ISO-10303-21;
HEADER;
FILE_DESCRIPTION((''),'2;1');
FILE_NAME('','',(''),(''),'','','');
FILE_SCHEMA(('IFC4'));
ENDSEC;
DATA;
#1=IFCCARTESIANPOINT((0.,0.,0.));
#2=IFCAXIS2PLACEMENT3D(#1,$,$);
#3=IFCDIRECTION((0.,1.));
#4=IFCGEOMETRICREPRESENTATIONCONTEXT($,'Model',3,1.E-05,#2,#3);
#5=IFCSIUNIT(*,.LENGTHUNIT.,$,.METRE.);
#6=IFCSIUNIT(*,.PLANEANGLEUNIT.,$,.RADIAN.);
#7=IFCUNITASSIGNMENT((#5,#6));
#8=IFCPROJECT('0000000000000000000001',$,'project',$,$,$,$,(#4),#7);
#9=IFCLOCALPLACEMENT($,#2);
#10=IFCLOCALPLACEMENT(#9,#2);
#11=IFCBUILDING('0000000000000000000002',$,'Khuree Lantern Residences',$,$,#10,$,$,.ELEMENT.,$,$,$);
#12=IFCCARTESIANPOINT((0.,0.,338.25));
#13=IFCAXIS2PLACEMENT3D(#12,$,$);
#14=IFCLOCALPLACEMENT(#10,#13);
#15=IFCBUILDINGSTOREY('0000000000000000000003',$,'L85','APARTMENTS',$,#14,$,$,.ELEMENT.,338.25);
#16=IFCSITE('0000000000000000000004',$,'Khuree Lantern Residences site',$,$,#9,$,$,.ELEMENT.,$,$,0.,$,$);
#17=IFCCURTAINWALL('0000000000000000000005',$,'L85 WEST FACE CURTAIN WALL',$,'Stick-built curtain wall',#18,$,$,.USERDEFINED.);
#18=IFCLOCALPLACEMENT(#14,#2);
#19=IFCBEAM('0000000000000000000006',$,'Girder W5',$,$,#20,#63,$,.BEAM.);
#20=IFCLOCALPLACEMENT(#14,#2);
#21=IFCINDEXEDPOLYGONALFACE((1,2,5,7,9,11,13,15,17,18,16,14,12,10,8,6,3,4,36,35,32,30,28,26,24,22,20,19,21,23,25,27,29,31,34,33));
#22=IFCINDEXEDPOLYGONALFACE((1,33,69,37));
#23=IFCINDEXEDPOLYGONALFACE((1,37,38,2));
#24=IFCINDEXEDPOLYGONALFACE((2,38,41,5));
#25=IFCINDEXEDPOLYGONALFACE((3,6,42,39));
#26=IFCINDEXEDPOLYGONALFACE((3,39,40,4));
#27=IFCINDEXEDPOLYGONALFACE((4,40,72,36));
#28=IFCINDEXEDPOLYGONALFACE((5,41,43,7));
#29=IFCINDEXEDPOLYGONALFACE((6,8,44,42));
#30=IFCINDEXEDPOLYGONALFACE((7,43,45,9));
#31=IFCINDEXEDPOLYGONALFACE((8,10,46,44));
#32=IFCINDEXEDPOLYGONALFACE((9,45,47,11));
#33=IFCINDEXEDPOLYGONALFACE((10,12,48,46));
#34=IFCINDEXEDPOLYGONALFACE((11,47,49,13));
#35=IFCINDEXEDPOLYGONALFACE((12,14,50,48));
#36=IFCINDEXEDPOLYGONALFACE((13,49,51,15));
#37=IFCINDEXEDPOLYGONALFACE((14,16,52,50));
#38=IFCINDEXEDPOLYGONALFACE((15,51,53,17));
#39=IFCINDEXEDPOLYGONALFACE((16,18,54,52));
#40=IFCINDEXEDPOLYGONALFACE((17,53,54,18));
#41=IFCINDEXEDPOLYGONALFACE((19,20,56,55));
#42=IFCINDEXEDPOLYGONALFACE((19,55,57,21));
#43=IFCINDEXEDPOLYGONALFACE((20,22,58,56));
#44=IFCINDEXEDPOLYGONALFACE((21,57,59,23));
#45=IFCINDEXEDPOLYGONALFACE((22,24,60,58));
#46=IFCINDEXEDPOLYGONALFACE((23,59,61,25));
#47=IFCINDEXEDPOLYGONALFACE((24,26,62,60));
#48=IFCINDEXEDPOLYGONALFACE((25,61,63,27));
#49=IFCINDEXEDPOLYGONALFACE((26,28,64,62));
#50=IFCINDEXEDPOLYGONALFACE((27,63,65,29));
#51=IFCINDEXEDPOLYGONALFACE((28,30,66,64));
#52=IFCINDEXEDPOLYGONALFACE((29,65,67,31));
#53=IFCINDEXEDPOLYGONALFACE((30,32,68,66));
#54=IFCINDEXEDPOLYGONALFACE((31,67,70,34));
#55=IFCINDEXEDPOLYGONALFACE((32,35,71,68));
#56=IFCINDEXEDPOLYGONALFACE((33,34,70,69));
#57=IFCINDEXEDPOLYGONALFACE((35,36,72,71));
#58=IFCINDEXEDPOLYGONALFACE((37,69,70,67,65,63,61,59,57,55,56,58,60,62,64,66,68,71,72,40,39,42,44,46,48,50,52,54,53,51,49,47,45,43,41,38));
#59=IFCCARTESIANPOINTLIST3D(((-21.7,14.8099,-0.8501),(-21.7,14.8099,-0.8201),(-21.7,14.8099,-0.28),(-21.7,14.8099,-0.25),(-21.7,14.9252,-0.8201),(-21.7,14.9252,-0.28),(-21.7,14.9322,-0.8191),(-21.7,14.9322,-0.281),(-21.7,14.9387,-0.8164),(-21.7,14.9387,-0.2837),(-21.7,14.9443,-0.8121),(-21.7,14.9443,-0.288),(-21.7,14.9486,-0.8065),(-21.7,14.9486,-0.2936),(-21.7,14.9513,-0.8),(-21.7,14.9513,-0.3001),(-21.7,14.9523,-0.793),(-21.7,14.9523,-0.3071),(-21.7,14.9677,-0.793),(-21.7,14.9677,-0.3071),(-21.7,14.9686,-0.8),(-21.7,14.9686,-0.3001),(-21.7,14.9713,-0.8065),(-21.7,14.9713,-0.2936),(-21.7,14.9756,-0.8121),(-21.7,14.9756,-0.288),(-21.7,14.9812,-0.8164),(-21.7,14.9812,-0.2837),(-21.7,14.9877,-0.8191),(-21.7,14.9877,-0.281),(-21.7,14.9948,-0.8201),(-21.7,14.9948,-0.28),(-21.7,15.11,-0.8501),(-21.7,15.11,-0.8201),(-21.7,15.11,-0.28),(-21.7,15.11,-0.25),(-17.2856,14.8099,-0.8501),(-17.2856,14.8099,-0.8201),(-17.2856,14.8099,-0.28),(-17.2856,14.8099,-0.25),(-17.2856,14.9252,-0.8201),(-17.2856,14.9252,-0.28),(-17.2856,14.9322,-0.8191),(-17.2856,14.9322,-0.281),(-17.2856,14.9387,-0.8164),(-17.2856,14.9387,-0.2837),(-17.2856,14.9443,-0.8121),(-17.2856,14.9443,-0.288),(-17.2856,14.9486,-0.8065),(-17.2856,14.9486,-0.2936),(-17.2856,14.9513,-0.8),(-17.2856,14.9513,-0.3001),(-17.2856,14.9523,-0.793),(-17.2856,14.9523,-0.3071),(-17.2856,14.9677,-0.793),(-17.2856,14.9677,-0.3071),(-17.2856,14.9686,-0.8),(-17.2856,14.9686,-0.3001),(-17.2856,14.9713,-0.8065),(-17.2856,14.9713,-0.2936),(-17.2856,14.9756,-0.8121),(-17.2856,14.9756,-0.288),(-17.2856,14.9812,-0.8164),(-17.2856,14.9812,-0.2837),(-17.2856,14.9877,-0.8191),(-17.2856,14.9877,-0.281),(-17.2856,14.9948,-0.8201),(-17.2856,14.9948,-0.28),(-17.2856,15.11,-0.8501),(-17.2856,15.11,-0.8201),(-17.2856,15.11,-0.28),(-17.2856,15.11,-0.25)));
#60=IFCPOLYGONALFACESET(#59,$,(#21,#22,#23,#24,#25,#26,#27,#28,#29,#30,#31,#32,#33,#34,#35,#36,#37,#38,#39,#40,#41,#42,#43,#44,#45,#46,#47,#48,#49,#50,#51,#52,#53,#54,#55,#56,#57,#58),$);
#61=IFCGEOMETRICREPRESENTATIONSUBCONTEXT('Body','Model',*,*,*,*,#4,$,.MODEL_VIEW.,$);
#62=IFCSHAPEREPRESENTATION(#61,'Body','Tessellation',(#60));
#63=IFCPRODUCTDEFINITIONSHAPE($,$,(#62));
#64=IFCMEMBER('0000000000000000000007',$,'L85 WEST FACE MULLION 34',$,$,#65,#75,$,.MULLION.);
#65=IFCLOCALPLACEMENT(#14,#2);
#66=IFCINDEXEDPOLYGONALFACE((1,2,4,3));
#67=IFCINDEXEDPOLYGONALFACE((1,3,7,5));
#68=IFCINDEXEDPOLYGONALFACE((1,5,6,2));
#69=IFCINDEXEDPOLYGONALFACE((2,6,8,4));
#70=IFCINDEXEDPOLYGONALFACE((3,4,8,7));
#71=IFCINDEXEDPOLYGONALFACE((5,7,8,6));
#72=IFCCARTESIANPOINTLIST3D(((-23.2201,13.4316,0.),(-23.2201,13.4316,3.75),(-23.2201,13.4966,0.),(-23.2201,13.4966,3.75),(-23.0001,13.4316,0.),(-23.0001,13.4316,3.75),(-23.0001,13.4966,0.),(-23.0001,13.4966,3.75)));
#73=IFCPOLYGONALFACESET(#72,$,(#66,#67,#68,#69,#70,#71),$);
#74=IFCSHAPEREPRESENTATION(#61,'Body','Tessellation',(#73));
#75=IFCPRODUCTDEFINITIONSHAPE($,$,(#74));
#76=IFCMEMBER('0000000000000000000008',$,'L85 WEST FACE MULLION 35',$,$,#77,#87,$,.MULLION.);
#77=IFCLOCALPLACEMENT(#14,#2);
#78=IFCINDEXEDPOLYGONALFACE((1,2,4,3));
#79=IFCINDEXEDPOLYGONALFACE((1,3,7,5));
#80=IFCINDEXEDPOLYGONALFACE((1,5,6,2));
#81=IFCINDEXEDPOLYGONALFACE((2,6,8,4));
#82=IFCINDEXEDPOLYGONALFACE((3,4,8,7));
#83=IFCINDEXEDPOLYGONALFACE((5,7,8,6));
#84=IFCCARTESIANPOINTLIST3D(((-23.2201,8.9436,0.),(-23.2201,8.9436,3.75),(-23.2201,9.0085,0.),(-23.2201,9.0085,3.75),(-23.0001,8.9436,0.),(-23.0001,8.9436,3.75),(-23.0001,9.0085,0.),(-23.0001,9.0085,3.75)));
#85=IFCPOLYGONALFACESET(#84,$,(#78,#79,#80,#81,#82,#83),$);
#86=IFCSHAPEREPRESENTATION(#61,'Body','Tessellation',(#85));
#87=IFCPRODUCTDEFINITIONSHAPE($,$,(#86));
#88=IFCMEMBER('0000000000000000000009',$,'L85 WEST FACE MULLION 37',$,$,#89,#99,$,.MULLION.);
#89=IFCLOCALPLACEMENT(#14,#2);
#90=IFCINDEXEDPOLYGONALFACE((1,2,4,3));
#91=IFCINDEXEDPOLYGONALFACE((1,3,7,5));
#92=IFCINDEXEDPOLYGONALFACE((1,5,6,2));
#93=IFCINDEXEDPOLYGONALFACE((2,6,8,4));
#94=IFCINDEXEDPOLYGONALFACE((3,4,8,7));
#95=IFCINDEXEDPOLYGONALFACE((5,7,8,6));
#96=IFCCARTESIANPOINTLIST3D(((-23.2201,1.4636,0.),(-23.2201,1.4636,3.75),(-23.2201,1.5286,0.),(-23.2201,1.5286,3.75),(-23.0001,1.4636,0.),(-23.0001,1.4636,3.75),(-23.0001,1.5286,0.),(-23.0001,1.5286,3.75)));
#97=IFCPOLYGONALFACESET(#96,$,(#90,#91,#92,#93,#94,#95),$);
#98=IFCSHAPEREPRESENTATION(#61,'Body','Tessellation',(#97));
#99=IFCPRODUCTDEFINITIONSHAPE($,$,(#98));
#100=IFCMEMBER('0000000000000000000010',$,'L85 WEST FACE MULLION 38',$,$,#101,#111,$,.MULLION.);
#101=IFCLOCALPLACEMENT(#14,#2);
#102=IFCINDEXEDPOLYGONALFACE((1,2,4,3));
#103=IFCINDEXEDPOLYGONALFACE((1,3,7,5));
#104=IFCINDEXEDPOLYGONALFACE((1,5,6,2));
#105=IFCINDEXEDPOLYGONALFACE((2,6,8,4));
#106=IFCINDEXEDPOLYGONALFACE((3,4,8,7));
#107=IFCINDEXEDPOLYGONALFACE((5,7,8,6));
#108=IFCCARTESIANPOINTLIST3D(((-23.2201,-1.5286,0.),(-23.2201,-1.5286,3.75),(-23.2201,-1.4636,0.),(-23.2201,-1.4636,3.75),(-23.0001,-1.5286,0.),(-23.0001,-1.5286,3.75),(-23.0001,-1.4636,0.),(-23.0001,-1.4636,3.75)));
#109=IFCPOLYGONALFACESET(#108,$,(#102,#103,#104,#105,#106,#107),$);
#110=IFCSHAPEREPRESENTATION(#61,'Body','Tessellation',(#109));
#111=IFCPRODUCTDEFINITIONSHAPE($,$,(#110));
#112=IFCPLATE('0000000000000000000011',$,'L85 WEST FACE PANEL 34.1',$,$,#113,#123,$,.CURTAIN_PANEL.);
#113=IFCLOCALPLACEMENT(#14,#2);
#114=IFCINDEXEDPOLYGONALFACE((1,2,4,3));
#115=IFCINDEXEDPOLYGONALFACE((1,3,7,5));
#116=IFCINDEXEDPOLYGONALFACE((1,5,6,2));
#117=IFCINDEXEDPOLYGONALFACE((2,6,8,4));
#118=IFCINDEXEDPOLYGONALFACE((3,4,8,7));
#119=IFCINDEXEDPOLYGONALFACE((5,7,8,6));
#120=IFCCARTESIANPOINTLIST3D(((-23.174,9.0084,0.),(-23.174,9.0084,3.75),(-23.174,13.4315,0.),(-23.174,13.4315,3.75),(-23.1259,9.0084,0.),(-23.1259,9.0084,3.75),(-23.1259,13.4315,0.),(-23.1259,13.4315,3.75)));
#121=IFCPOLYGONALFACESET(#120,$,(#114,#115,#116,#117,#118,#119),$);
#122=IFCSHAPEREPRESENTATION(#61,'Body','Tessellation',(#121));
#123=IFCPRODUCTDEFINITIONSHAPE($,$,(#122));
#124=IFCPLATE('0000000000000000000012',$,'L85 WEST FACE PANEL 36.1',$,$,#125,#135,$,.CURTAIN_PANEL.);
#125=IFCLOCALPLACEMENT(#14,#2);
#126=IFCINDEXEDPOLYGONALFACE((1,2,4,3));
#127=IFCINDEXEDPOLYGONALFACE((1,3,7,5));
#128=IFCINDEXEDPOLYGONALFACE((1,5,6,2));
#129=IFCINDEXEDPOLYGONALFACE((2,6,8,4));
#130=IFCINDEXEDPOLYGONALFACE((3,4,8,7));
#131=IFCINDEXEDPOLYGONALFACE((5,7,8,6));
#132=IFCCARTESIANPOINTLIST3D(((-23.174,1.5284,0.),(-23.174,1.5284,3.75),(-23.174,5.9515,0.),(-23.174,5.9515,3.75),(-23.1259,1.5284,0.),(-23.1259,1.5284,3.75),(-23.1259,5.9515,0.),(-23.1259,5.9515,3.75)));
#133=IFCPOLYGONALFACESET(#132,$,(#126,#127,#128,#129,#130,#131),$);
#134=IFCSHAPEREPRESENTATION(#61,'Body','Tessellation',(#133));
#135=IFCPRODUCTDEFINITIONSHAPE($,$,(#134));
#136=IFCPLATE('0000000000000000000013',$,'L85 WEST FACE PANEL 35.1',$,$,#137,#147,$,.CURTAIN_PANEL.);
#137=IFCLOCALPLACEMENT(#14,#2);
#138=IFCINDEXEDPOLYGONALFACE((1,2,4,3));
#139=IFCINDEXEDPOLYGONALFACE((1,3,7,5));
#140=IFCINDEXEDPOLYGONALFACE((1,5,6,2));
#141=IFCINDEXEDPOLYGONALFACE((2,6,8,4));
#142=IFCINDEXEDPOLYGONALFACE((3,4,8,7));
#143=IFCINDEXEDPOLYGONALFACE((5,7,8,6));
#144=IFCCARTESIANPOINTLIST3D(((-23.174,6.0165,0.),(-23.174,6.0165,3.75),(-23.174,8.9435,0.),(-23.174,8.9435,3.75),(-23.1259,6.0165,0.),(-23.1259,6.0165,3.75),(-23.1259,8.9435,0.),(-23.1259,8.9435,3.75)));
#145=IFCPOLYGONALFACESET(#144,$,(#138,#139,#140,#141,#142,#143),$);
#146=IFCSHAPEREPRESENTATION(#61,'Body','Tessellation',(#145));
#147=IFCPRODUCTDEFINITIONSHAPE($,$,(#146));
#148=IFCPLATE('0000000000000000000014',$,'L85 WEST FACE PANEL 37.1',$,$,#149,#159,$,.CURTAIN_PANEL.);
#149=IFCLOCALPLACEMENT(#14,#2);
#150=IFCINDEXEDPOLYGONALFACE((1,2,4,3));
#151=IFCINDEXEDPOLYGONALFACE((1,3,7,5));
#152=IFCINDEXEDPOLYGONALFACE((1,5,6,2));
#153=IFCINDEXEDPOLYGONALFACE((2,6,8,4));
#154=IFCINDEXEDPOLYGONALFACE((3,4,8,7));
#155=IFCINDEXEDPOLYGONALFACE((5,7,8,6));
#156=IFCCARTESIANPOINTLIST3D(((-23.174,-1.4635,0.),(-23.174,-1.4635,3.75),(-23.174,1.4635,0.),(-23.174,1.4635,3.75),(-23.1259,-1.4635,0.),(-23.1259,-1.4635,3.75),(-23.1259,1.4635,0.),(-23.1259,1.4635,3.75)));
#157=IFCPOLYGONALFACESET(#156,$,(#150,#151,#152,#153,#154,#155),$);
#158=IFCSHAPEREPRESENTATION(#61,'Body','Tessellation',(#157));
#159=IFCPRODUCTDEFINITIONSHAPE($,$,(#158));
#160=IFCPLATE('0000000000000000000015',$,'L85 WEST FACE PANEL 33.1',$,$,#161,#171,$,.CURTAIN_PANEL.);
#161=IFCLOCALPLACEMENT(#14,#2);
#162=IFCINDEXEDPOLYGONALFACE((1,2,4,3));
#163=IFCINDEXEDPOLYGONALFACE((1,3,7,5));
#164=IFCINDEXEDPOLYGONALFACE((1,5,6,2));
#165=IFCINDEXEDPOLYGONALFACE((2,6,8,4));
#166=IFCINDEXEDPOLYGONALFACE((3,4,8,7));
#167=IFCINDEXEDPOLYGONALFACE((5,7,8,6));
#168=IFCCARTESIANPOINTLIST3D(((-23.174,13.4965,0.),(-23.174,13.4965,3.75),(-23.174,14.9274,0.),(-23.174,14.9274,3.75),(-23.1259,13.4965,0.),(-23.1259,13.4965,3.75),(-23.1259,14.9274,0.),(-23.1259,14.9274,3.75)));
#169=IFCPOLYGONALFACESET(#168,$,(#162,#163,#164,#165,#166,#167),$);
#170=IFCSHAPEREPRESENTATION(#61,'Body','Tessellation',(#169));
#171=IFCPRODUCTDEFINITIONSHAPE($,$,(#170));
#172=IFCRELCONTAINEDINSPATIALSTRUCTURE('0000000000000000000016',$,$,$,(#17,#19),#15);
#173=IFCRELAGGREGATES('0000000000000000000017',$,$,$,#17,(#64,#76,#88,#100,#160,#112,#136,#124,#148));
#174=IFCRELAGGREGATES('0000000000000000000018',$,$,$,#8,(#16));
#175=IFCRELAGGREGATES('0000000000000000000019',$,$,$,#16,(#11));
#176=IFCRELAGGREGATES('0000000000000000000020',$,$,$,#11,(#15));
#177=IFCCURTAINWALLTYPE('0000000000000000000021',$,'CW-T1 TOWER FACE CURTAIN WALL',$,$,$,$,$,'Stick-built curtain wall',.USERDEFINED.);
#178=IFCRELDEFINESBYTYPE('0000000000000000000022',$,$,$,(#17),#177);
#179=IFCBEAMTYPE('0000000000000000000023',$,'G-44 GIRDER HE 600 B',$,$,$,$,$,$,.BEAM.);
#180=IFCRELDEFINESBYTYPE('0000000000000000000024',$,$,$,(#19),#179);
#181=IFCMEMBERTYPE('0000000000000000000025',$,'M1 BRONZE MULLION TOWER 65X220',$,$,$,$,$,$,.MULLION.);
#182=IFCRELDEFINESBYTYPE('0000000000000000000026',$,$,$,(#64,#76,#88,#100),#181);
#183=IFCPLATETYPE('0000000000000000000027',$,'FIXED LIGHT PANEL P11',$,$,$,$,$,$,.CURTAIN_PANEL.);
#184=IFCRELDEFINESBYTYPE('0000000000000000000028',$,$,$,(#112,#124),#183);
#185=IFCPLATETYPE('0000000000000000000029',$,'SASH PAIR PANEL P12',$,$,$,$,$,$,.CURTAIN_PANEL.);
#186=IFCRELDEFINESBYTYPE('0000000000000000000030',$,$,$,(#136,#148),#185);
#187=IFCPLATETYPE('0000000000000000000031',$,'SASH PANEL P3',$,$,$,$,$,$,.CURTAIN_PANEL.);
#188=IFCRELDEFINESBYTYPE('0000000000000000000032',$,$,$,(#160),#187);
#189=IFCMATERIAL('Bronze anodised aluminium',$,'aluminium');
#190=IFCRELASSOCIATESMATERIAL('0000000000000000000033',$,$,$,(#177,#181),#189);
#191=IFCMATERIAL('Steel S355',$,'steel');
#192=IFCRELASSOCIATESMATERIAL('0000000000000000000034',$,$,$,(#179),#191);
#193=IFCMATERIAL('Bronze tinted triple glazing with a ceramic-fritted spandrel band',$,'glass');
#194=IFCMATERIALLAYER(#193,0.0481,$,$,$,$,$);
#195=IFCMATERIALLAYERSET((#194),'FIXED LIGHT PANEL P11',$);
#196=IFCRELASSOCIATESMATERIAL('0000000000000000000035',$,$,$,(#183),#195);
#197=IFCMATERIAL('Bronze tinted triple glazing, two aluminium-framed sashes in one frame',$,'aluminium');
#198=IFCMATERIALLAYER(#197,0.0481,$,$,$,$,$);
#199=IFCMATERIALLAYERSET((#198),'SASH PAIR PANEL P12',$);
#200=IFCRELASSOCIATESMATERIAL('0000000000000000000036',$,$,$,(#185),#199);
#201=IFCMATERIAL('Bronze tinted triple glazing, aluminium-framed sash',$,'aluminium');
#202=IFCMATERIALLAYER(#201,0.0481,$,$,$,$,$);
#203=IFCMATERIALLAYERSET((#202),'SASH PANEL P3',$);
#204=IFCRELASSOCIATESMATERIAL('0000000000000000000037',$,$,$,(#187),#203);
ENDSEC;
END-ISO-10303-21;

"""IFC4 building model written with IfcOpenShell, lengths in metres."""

from ifc_helpers import new_model, si_unit, direction, frame, origin, origin_2d, place, context, subcontext, project, spatial, rectangle, i_section, extrude, material, layer, layer_set, material_profile, profile_set, type_object, element, aggregate, save


model = new_model("IFC4")

# Units and contexts
model_context = context("Model", 3, precision=1e-05, world=origin(), true_north=direction((0.0, 1.0)))
body_context = subcontext(model_context, "Body", "Model", "MODEL_VIEW")
ifc_project = project(units=[si_unit("LENGTHUNIT", "METRE"), si_unit("PLANEANGLEUNIT", "RADIAN")], contexts=[model_context])

# Site, building, storey
site_placement = place(None, origin())
site = spatial("IfcSite", under=ifc_project, at=site_placement, Name="Khuree Lantern Residences site", CompositionType="ELEMENT", RefElevation=0.0)
building_placement = place(site_placement, origin())
building = spatial("IfcBuilding", under=site, at=building_placement, Name="Khuree Lantern Residences", CompositionType="ELEMENT")
storey_placement = place(building_placement, frame((0.0, 0.0, 338.25)))
storey = spatial("IfcBuildingStorey", under=building, at=storey_placement, Name="L85", Description="APARTMENTS", CompositionType="ELEMENT", Elevation=338.25)

# Shared definitions
ifc_material_1 = material(Name="Steel S355", Category="steel")

# Curtain wall
ifc_material_2 = material(Name="Bronze anodised aluminium", Category="aluminium")
curtain_wall_type = type_object("IfcCurtainWallType", Name="CW-T1 TOWER FACE CURTAIN WALL", ElementType="Stick-built curtain wall", PredefinedType="USERDEFINED", material=ifc_material_2)
curtain_wall_placement = place(storey_placement, origin())
curtain_wall = element("IfcCurtainWall", 1, at=curtain_wall_placement, inside=storey, type_object=curtain_wall_type, Name="L85 WEST FACE CURTAIN WALL", ObjectType="Stick-built curtain wall", PredefinedType="USERDEFINED")

# Beam
ifc_material_profile_1 = material_profile(ifc_material_1, i_section(OverallWidth=0.3, OverallDepth=0.6001, WebThickness=0.0154, FlangeThickness=0.03, FilletRadius=0.0271, at=origin_2d()), Name="HE 600 B")
ifc_profile_set_1 = profile_set([ifc_material_profile_1], Name="Steel S355")
beam_type_1 = type_object("IfcBeamType", Name="G-44 GIRDER HE 600 B", PredefinedType="BEAM", material=ifc_profile_set_1)
beam_placement = place(storey_placement, frame((-21.7, 14.96, -0.55), z_axis=(1.0, 0.0, 0.0), x_axis=(0.0, 1.0, 0.0)))
element("IfcBeam", 2, at=beam_placement, inside=storey, type_object=beam_type_1, Name="Girder W5", PredefinedType="BEAM", context=body_context, shape_type="SweptSolid", body=[
    extrude(i_section(OverallWidth=0.3, OverallDepth=0.6001, WebThickness=0.0154, FlangeThickness=0.03, FilletRadius=0.0271, at=origin_2d()), origin(), (0.0, 0.0, 1.0), 4.4143),
])

# Members
ifc_material_profile_2 = material_profile(ifc_material_2, rectangle(XDim=0.0649, YDim=0.22, at=origin_2d()), Name="M1 65X220")
ifc_profile_set_2 = profile_set([ifc_material_profile_2], Name="Bronze anodised aluminium")
member_type_1 = type_object("IfcMemberType", Name="M1 BRONZE MULLION TOWER 65X220", PredefinedType="MULLION", material=ifc_profile_set_2)
member_1_placement = place(storey_placement, frame((-23.1101, 13.4641, 0.0), z_axis=(0.0, 0.0, 1.0), x_axis=(0.0, -1.0, 0.0)))
member_1 = element("IfcMember", 3, at=member_1_placement, type_object=member_type_1, Name="L85 WEST FACE MULLION 34", PredefinedType="MULLION", context=body_context, shape_type="SweptSolid", body=[
    extrude(rectangle(XDim=0.0649, YDim=0.22, at=origin_2d()), origin(), (0.0, 0.0, 1.0), 3.75),
])
member_2_placement = place(storey_placement, frame((-23.1101, 8.9761, 0.0), z_axis=(0.0, 0.0, 1.0), x_axis=(0.0, -1.0, 0.0)))
member_2 = element("IfcMember", 4, at=member_2_placement, type_object=member_type_1, Name="L85 WEST FACE MULLION 35", PredefinedType="MULLION", context=body_context, shape_type="SweptSolid", body=[
    extrude(rectangle(XDim=0.0649, YDim=0.22, at=origin_2d()), origin(), (0.0, 0.0, 1.0), 3.75),
])
member_3_placement = place(storey_placement, frame((-23.1101, 1.4961, 0.0), z_axis=(0.0, 0.0, 1.0), x_axis=(0.0, -1.0, 0.0)))
member_3 = element("IfcMember", 5, at=member_3_placement, type_object=member_type_1, Name="L85 WEST FACE MULLION 37", PredefinedType="MULLION", context=body_context, shape_type="SweptSolid", body=[
    extrude(rectangle(XDim=0.0649, YDim=0.22, at=origin_2d()), origin(), (0.0, 0.0, 1.0), 3.75),
])
member_4_placement = place(storey_placement, frame((-23.1101, -1.4961, 0.0), z_axis=(0.0, 0.0, 1.0), x_axis=(0.0, -1.0, 0.0)))
member_4 = element("IfcMember", 6, at=member_4_placement, type_object=member_type_1, Name="L85 WEST FACE MULLION 38", PredefinedType="MULLION", context=body_context, shape_type="SweptSolid", body=[
    extrude(rectangle(XDim=0.0649, YDim=0.22, at=origin_2d()), origin(), (0.0, 0.0, 1.0), 3.75),
])

# Plates
ifc_material_3 = material(Name="Bronze tinted triple glazing with a ceramic-fritted spandrel band", Category="glass")
ifc_layer_1 = layer(ifc_material_3, 0.0481)
ifc_layer_set_1 = layer_set([ifc_layer_1], Name="FIXED LIGHT PANEL P11")
plate_type_1 = type_object("IfcPlateType", Name="FIXED LIGHT PANEL P11", PredefinedType="CURTAIN_PANEL", material=ifc_layer_set_1)
plate_1_placement = place(storey_placement, frame((-23.1499, 11.22, 0.0), z_axis=(0.0, 0.0, 1.0), x_axis=(0.0, -1.0, 0.0)))
plate_1 = element("IfcPlate", 7, at=plate_1_placement, type_object=plate_type_1, Name="L85 WEST FACE PANEL 34.1", PredefinedType="CURTAIN_PANEL", context=body_context, shape_type="SweptSolid", body=[
    extrude(rectangle(XDim=4.4231, YDim=0.0481, at=origin_2d()), origin(), (0.0, 0.0, 1.0), 3.75),
])
plate_2_placement = place(storey_placement, frame((-23.1499, 3.74, 0.0), z_axis=(0.0, 0.0, 1.0), x_axis=(0.0, -1.0, 0.0)))
plate_2 = element("IfcPlate", 8, at=plate_2_placement, type_object=plate_type_1, Name="L85 WEST FACE PANEL 36.1", PredefinedType="CURTAIN_PANEL", context=body_context, shape_type="SweptSolid", body=[
    extrude(rectangle(XDim=4.4231, YDim=0.0481, at=origin_2d()), origin(), (0.0, 0.0, 1.0), 3.75),
])
ifc_material_4 = material(Name="Bronze tinted triple glazing, two aluminium-framed sashes in one frame", Category="aluminium")
ifc_layer_2 = layer(ifc_material_4, 0.0481)
ifc_layer_set_2 = layer_set([ifc_layer_2], Name="SASH PAIR PANEL P12")
plate_type_2 = type_object("IfcPlateType", Name="SASH PAIR PANEL P12", PredefinedType="CURTAIN_PANEL", material=ifc_layer_set_2)
plate_3_placement = place(storey_placement, frame((-23.1499, 7.48, 0.0), z_axis=(0.0, 0.0, 1.0), x_axis=(0.0, -1.0, 0.0)))
plate_3 = element("IfcPlate", 9, at=plate_3_placement, type_object=plate_type_2, Name="L85 WEST FACE PANEL 35.1", PredefinedType="CURTAIN_PANEL", context=body_context, shape_type="SweptSolid", body=[
    extrude(rectangle(XDim=2.927, YDim=0.0481, at=origin_2d()), origin(), (0.0, 0.0, 1.0), 3.75),
])
plate_4_placement = place(storey_placement, frame((-23.1499, 0.0, 0.0), z_axis=(0.0, 0.0, 1.0), x_axis=(0.0, -1.0, 0.0)))
plate_4 = element("IfcPlate", 10, at=plate_4_placement, type_object=plate_type_2, Name="L85 WEST FACE PANEL 37.1", PredefinedType="CURTAIN_PANEL", context=body_context, shape_type="SweptSolid", body=[
    extrude(rectangle(XDim=2.927, YDim=0.0481, at=origin_2d()), origin(), (0.0, 0.0, 1.0), 3.75),
])
ifc_material_5 = material(Name="Bronze tinted triple glazing, aluminium-framed sash", Category="aluminium")
ifc_layer_3 = layer(ifc_material_5, 0.0481)
ifc_layer_set_3 = layer_set([ifc_layer_3], Name="SASH PANEL P3")
plate_type_3 = type_object("IfcPlateType", Name="SASH PANEL P3", PredefinedType="CURTAIN_PANEL", material=ifc_layer_set_3)
plate_5_placement = place(storey_placement, frame((-23.1499, 14.2119, 0.0), z_axis=(0.0, 0.0, 1.0), x_axis=(0.0, -1.0, 0.0)))
plate_5 = element("IfcPlate", 11, at=plate_5_placement, type_object=plate_type_3, Name="L85 WEST FACE PANEL 33.1", PredefinedType="CURTAIN_PANEL", context=body_context, shape_type="SweptSolid", body=[
    extrude(rectangle(XDim=1.4309, YDim=0.0481, at=origin_2d()), origin(), (0.0, 0.0, 1.0), 3.75),
])
aggregate(curtain_wall, [member_1, member_2, member_3, member_4, plate_5, plate_1, plate_3, plate_2, plate_4])

save(model, "model.ifc")
